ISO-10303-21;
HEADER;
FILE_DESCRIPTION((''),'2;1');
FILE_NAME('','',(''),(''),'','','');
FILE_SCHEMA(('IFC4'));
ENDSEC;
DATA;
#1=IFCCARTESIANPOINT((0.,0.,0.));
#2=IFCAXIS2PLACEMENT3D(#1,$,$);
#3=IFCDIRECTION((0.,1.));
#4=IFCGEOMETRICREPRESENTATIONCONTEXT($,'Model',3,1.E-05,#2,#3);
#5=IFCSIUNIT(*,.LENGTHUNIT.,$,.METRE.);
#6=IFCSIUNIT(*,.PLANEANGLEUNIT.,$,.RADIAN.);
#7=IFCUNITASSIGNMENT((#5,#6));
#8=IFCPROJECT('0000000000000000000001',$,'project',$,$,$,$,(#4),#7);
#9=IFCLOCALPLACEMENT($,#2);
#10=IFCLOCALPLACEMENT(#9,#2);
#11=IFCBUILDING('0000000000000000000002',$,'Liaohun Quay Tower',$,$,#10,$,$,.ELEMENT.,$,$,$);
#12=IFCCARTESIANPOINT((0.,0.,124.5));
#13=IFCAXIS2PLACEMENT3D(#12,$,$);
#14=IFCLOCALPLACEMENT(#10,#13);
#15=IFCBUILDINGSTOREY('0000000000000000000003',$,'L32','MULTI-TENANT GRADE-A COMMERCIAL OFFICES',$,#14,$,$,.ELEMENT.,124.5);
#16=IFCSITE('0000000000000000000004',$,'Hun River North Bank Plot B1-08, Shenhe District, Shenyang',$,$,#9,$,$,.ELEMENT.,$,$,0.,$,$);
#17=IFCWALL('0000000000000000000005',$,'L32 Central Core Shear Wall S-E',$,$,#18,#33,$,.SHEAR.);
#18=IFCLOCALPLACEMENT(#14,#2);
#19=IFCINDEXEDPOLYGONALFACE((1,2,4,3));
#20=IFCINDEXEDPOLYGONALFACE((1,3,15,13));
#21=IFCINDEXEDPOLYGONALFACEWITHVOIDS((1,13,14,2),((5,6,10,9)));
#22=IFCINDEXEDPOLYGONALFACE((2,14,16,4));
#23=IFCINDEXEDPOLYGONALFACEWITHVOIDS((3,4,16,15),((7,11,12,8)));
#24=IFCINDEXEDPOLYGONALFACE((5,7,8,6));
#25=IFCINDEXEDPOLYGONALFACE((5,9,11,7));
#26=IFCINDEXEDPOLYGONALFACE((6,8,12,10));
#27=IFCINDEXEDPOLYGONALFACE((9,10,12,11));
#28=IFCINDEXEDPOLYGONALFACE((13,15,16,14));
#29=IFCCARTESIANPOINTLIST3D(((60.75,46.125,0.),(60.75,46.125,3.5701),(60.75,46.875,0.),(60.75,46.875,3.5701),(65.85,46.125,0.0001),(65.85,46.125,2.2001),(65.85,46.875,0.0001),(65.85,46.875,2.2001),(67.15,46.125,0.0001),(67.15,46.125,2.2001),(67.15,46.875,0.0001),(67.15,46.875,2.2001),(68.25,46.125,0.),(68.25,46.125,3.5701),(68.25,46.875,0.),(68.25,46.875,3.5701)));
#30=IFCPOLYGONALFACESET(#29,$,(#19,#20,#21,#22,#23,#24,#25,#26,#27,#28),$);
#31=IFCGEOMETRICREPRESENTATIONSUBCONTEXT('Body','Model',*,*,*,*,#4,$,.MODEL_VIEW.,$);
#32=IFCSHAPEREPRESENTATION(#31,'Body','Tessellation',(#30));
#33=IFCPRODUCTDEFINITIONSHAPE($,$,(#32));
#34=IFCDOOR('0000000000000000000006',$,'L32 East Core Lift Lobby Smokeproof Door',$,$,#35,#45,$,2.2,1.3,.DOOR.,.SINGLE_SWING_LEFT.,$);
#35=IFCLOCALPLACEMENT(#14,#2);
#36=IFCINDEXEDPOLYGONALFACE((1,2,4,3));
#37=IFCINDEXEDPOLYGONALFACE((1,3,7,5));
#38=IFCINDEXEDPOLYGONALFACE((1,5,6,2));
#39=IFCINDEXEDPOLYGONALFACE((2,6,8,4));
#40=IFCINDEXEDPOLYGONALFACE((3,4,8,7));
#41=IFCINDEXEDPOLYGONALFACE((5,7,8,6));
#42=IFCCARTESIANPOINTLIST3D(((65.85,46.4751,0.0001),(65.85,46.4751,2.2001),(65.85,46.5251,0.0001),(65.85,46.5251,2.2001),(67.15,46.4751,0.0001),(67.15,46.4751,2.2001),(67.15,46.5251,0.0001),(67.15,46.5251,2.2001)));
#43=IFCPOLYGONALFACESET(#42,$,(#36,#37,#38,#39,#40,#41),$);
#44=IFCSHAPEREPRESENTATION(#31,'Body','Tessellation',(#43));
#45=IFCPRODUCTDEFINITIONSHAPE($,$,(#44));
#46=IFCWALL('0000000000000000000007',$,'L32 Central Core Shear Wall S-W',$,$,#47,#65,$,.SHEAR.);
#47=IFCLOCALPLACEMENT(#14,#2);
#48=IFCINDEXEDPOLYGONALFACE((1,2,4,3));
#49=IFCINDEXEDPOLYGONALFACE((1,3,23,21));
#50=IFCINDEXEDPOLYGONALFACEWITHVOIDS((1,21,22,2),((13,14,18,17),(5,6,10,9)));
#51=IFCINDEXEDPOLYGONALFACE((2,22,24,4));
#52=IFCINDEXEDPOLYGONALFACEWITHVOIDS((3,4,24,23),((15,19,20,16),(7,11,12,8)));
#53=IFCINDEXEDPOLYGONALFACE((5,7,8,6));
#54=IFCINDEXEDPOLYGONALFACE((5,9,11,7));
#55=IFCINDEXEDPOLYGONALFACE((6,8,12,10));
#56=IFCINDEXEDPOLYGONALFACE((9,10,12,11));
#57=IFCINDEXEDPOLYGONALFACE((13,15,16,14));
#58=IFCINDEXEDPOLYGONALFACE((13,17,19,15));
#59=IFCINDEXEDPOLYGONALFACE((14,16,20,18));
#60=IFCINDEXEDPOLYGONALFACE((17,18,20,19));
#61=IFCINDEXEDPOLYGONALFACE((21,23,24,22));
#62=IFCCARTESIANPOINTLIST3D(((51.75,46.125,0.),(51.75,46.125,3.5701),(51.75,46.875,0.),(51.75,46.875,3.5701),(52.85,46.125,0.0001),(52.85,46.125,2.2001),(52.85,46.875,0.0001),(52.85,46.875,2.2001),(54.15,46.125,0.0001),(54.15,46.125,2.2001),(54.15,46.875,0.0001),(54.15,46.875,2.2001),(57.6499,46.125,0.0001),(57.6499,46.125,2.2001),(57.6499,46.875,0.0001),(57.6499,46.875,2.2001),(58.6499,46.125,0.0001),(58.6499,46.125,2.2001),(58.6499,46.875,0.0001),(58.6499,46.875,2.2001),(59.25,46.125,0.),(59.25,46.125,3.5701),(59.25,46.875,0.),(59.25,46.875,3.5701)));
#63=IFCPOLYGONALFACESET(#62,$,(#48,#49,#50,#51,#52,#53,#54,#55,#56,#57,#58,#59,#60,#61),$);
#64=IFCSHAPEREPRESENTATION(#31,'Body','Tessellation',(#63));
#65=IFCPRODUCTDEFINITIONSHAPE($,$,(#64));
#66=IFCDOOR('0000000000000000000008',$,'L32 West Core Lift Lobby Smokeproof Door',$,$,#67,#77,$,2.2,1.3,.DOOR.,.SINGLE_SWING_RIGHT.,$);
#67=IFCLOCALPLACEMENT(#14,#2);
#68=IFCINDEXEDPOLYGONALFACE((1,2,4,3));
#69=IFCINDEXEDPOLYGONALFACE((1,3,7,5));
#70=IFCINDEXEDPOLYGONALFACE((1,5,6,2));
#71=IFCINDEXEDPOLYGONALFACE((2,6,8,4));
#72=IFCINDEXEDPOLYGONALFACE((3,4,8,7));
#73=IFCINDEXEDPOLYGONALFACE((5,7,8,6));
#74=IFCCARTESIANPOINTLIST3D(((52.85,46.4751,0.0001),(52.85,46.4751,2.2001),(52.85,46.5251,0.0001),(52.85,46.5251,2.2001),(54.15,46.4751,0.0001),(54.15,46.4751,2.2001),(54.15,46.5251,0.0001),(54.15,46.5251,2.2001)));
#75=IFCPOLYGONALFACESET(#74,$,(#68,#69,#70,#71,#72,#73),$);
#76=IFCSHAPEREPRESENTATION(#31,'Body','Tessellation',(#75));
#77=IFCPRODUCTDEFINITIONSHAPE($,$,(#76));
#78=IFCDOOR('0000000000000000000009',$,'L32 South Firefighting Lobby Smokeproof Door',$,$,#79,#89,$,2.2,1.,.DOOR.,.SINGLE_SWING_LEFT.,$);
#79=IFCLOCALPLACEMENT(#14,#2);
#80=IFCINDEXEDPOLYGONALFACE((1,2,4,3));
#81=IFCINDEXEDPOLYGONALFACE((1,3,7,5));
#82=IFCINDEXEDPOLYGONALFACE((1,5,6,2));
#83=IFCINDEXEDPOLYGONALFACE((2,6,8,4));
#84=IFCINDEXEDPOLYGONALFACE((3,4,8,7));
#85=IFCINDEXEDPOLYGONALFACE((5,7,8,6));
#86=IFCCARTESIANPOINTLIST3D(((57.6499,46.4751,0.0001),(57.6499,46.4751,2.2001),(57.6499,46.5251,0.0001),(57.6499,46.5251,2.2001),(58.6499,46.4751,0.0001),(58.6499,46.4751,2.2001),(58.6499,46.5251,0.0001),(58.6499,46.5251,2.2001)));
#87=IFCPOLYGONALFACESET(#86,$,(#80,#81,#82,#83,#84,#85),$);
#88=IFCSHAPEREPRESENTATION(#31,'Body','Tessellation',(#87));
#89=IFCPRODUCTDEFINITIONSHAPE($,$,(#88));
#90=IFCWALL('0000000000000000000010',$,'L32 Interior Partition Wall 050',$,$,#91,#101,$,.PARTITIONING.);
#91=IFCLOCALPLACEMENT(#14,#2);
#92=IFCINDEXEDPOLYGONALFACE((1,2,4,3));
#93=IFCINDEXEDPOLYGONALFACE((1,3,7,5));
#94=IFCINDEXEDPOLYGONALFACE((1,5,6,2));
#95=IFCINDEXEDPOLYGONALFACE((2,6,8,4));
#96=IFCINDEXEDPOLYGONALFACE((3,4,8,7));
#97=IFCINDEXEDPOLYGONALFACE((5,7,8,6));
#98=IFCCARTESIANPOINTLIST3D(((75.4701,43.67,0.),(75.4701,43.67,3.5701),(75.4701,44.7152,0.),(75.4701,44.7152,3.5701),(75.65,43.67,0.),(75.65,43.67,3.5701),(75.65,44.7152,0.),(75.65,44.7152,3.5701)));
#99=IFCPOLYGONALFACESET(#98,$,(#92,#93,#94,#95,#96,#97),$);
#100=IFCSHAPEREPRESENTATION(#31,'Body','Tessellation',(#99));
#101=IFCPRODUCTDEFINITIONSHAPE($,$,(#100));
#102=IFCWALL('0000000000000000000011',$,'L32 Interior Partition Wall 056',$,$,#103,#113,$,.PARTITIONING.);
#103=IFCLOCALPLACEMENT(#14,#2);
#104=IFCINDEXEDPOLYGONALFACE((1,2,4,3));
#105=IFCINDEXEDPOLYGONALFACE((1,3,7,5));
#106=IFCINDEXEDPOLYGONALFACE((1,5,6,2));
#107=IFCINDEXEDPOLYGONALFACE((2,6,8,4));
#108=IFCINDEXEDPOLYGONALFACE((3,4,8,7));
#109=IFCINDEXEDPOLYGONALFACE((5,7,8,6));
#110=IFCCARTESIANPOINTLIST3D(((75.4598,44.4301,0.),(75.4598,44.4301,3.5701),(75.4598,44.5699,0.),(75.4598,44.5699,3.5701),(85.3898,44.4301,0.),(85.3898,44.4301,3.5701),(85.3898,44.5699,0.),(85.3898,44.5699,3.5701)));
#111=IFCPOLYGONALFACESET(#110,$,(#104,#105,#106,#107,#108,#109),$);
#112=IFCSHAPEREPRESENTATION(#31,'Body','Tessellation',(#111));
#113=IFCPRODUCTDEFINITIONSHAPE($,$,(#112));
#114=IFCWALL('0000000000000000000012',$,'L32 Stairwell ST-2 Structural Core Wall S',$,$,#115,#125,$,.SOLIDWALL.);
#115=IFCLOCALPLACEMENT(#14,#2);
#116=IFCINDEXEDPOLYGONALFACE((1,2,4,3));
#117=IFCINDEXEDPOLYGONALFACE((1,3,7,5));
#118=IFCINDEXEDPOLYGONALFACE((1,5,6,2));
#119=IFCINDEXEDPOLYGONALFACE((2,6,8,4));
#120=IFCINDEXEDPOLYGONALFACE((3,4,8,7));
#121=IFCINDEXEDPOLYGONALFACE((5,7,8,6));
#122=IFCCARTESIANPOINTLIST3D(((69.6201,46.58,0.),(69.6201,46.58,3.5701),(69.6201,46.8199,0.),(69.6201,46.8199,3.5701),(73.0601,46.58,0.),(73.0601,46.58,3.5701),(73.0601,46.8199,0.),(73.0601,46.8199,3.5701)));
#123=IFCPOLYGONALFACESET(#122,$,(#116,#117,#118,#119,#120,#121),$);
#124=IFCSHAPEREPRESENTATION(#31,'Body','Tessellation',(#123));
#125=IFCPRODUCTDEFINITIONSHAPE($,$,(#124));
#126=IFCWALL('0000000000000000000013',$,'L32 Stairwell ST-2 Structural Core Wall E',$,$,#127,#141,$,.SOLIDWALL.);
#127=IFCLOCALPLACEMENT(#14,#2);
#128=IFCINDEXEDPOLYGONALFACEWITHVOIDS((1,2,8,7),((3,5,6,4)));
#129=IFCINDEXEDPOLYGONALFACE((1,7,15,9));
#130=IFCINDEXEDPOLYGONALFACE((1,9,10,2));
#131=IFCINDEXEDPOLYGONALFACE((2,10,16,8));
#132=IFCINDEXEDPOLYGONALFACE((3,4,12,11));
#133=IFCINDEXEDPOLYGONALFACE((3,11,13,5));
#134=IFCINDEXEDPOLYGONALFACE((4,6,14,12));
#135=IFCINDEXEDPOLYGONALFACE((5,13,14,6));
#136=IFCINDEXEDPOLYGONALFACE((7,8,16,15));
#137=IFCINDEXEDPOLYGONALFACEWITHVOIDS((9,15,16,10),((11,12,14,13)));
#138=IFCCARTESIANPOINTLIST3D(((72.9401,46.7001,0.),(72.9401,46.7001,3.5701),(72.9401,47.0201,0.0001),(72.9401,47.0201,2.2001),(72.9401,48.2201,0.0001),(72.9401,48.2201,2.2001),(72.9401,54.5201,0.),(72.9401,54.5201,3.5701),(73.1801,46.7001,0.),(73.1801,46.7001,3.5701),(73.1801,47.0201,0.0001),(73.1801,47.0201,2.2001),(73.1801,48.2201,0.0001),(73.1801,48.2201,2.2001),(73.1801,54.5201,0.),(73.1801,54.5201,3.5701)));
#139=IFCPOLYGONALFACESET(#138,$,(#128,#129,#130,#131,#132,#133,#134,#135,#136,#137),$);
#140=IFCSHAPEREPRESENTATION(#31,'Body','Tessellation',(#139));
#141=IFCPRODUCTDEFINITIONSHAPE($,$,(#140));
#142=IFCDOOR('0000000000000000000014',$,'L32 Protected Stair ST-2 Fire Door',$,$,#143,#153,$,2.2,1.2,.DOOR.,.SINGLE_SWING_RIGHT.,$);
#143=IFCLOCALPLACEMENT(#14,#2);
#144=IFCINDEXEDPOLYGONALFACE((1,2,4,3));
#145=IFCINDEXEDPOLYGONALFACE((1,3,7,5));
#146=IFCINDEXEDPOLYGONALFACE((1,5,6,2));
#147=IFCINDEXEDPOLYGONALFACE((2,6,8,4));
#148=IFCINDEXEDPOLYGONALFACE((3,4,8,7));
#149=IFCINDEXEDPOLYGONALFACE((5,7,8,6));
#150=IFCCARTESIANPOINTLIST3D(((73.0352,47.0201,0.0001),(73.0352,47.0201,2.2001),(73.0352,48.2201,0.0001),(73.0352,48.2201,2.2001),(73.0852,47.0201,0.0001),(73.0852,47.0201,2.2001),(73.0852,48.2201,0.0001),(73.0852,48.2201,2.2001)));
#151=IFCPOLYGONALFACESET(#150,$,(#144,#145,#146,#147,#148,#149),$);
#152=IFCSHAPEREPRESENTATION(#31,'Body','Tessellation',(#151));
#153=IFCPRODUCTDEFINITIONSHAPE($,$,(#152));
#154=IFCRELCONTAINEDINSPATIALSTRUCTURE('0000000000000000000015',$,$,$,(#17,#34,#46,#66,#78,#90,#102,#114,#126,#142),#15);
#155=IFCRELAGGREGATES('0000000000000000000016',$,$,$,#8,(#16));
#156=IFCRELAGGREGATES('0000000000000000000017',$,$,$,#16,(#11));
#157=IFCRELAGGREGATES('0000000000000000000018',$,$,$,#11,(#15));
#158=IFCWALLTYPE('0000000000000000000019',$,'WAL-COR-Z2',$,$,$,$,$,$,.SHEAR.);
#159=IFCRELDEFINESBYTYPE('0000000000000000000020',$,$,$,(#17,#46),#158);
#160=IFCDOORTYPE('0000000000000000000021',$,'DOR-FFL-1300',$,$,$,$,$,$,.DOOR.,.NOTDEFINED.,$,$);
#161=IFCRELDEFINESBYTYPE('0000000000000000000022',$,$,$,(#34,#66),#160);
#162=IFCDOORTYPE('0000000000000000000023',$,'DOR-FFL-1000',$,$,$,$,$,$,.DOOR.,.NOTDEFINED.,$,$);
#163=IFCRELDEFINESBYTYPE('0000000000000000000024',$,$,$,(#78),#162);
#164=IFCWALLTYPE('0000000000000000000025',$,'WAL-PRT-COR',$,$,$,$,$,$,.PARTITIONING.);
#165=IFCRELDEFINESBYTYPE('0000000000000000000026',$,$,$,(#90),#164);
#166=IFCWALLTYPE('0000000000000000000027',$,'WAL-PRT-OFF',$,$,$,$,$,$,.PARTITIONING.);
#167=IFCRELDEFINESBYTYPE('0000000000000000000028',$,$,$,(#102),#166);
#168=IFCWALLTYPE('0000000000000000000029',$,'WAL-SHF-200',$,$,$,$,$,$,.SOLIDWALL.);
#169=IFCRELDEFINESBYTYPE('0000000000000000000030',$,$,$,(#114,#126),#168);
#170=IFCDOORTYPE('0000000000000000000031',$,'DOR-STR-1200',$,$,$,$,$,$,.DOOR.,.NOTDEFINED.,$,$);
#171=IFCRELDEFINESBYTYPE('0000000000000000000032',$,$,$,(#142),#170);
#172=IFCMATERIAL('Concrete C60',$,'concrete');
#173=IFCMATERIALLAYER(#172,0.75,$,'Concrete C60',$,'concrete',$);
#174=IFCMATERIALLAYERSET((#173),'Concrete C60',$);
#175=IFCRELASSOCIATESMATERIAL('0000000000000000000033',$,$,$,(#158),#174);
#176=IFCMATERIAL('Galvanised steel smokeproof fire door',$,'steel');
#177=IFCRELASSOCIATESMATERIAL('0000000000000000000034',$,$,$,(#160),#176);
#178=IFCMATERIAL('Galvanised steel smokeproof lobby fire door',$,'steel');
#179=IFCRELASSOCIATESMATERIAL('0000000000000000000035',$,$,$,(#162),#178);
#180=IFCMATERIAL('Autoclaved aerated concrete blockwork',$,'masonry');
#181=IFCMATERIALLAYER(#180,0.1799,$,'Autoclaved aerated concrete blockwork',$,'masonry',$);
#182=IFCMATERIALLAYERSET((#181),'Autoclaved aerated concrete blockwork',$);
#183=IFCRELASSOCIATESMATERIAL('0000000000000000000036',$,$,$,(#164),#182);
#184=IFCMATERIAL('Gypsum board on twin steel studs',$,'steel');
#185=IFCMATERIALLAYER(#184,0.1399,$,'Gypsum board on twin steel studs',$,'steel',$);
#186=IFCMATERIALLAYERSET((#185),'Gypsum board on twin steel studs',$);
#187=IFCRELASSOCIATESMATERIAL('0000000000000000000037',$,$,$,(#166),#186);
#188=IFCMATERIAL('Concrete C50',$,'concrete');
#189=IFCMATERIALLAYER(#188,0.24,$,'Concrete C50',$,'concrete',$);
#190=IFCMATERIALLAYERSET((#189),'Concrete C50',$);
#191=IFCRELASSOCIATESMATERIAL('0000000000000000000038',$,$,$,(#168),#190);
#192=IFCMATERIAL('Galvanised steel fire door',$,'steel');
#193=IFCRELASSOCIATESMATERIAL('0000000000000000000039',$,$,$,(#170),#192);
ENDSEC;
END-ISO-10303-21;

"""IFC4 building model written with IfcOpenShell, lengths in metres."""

from ifc_helpers import new_model, si_unit, direction, frame, frame_2d, origin, place, context, subcontext, project, spatial, rectangle, extrude, source, transform, mapped, material, layer, layer_set, type_object, element, fill, save


model = new_model("IFC4")

# Units and contexts
model_context = context("Model", 3, precision=1e-05, world=origin(), true_north=direction((0.0, 1.0)))
body_context = subcontext(model_context, "Body", "Model", "MODEL_VIEW")
ifc_project = project(units=[si_unit("LENGTHUNIT", "METRE"), si_unit("PLANEANGLEUNIT", "RADIAN")], contexts=[model_context])

# Site, building, storey
site_placement = place(None, origin())
site = spatial("IfcSite", under=ifc_project, at=site_placement, Name="Hun River North Bank Plot B1-08, Shenhe District, Shenyang", CompositionType="ELEMENT", RefElevation=0.0)
building_placement = place(site_placement, origin())
building = spatial("IfcBuilding", under=site, at=building_placement, Name="Liaohun Quay Tower", CompositionType="ELEMENT")
storey_placement = place(building_placement, frame((0.0, 0.0, 124.5)))
storey = spatial("IfcBuildingStorey", under=building, at=storey_placement, Name="L32", Description="MULTI-TENANT GRADE-A COMMERCIAL OFFICES", CompositionType="ELEMENT", Elevation=124.5)

# Shared definitions
ifc_material_1 = material(Name="Concrete C60", Category="concrete")

# Wall, opening, door
ifc_layer_1 = layer(ifc_material_1, 0.75, Name="Concrete C60", Category="concrete")
ifc_layer_set_1 = layer_set([ifc_layer_1], Name="Concrete C60")
wall_type_1 = type_object("IfcWallType", Name="WAL-COR-Z2", PredefinedType="SHEAR", material=ifc_layer_set_1)
wall_1_placement = place(storey_placement, frame((68.25, 46.5, 0.0), z_axis=(0.0, 0.0, 1.0), x_axis=(-1.0, 0.0, 0.0)))
wall_1 = element("IfcWall", 1, at=wall_1_placement, inside=storey, type_object=wall_type_1, Name="L32 Central Core Shear Wall S-E", PredefinedType="SHEAR", context=body_context, shape_type="SweptSolid", body=[
    extrude(rectangle(XDim=7.5, YDim=0.75, at=frame_2d((3.75, 0.0))), origin(), (0.0, 0.0, 1.0), 3.5701),
])
shared_shape_1 = source(origin(), body_context, "Body", "SweptSolid", [
    extrude(rectangle(XDim=1.3, YDim=2.2, at=frame_2d((0.6499, 1.1001))), frame((0.0, 0.385, 0.0), z_axis=(0.0, -1.0, 0.0), x_axis=(1.0, 0.0, 0.0)), (0.0, 0.0, 1.0), 0.77),
])
opening_1_placement = place(wall_1_placement, frame((1.1001, 0.0, 0.0)))
opening_1 = element("IfcOpeningElement", 2, at=opening_1_placement, cuts=wall_1, PredefinedType="OPENING", context=body_context, shape_type="MappedRepresentation", body=[
    mapped(shared_shape_1, transform((0.0, 0.0, 0.0), x_axis=(1.0, 0.0, 0.0), y_axis=(0.0, 1.0, 0.0), z_axis=(0.0, 0.0, 1.0), scale=1.0)),
])
ifc_material_2 = material(Name="Galvanised steel smokeproof fire door", Category="steel")
door_type_1 = type_object("IfcDoorType", Name="DOR-FFL-1300", OperationType="NOTDEFINED", PredefinedType="DOOR", material=ifc_material_2)
shared_shape_2 = source(origin(), body_context, "Body", "SweptSolid", [
    extrude(rectangle(XDim=1.3, YDim=2.2, at=frame_2d((0.6499, 1.1001))), frame((0.0, 0.0249, 0.0), z_axis=(0.0, -1.0, 0.0), x_axis=(1.0, 0.0, 0.0)), (0.0, 0.0, 1.0), 0.05),
])
door_1_placement = place(opening_1_placement, origin())
door_1 = element("IfcDoor", 3, at=door_1_placement, inside=storey, type_object=door_type_1, Name="L32 East Core Lift Lobby Smokeproof Door", OperationType="SINGLE_SWING_LEFT", OverallHeight=2.2, OverallWidth=1.3, PredefinedType="DOOR", context=body_context, shape_type="MappedRepresentation", body=[
    mapped(shared_shape_2, transform((0.0, 0.0, 0.0), x_axis=(1.0, 0.0, 0.0), y_axis=(0.0, 1.0, 0.0), z_axis=(0.0, 0.0, 1.0), scale=1.0)),
])
fill(opening_1, door_1)

# Wall, openings, doors
wall_2_placement = place(storey_placement, frame((59.25, 46.5, 0.0), z_axis=(0.0, 0.0, 1.0), x_axis=(-1.0, 0.0, 0.0)))
wall_2 = element("IfcWall", 4, at=wall_2_placement, inside=storey, type_object=wall_type_1, Name="L32 Central Core Shear Wall S-W", PredefinedType="SHEAR", context=body_context, shape_type="SweptSolid", body=[
    extrude(rectangle(XDim=7.5, YDim=0.75, at=frame_2d((3.75, 0.0))), origin(), (0.0, 0.0, 1.0), 3.5701),
])
opening_2_placement = place(wall_2_placement, frame((5.1001, 0.0, 0.0)))
opening_2 = element("IfcOpeningElement", 5, at=opening_2_placement, cuts=wall_2, PredefinedType="OPENING", context=body_context, shape_type="MappedRepresentation", body=[
    mapped(shared_shape_1, transform((0.0, 0.0, 0.0), x_axis=(1.0, 0.0, 0.0), y_axis=(0.0, 1.0, 0.0), z_axis=(0.0, 0.0, 1.0), scale=1.0)),
])
shared_shape_3 = source(origin(), body_context, "Body", "SweptSolid", [
    extrude(rectangle(XDim=1.0, YDim=2.2, at=frame_2d((0.5, 1.1001))), frame((0.0, 0.385, 0.0), z_axis=(0.0, -1.0, 0.0), x_axis=(1.0, 0.0, 0.0)), (0.0, 0.0, 1.0), 0.77),
])
opening_3_placement = place(wall_2_placement, frame((0.6001, 0.0, 0.0)))
opening_3 = element("IfcOpeningElement", 6, at=opening_3_placement, cuts=wall_2, PredefinedType="OPENING", context=body_context, shape_type="MappedRepresentation", body=[
    mapped(shared_shape_3, transform((0.0, 0.0, 0.0), x_axis=(1.0, 0.0, 0.0), y_axis=(0.0, 1.0, 0.0), z_axis=(0.0, 0.0, 1.0), scale=1.0)),
])
door_2_placement = place(opening_2_placement, origin())
door_2 = element("IfcDoor", 7, at=door_2_placement, inside=storey, type_object=door_type_1, Name="L32 West Core Lift Lobby Smokeproof Door", OperationType="SINGLE_SWING_RIGHT", OverallHeight=2.2, OverallWidth=1.3, PredefinedType="DOOR", context=body_context, shape_type="MappedRepresentation", body=[
    mapped(shared_shape_2, transform((0.0, 0.0, 0.0), x_axis=(1.0, 0.0, 0.0), y_axis=(0.0, 1.0, 0.0), z_axis=(0.0, 0.0, 1.0), scale=1.0)),
])
fill(opening_2, door_2)
ifc_material_3 = material(Name="Galvanised steel smokeproof lobby fire door", Category="steel")
door_type_2 = type_object("IfcDoorType", Name="DOR-FFL-1000", OperationType="NOTDEFINED", PredefinedType="DOOR", material=ifc_material_3)
shared_shape_4 = source(origin(), body_context, "Body", "SweptSolid", [
    extrude(rectangle(XDim=1.0, YDim=2.2, at=frame_2d((0.5, 1.1001))), frame((0.0, 0.0249, 0.0), z_axis=(0.0, -1.0, 0.0), x_axis=(1.0, 0.0, 0.0)), (0.0, 0.0, 1.0), 0.05),
])
door_3_placement = place(opening_3_placement, origin())
door_3 = element("IfcDoor", 8, at=door_3_placement, inside=storey, type_object=door_type_2, Name="L32 South Firefighting Lobby Smokeproof Door", OperationType="SINGLE_SWING_LEFT", OverallHeight=2.2, OverallWidth=1.0, PredefinedType="DOOR", context=body_context, shape_type="MappedRepresentation", body=[
    mapped(shared_shape_4, transform((0.0, 0.0, 0.0), x_axis=(1.0, 0.0, 0.0), y_axis=(0.0, 1.0, 0.0), z_axis=(0.0, 0.0, 1.0), scale=1.0)),
])
fill(opening_3, door_3)

# Walls
ifc_material_4 = material(Name="Autoclaved aerated concrete blockwork", Category="masonry")
ifc_layer_2 = layer(ifc_material_4, 0.1799, Name="Autoclaved aerated concrete blockwork", Category="masonry")
ifc_layer_set_2 = layer_set([ifc_layer_2], Name="Autoclaved aerated concrete blockwork")
wall_type_2 = type_object("IfcWallType", Name="WAL-PRT-COR", PredefinedType="PARTITIONING", material=ifc_layer_set_2)
wall_3_placement = place(storey_placement, frame((75.5601, 44.7151, 0.0), z_axis=(0.0, 0.0, 1.0), x_axis=(0.0, -1.0, 0.0)))
element("IfcWall", 9, at=wall_3_placement, inside=storey, type_object=wall_type_2, Name="L32 Interior Partition Wall 050", PredefinedType="PARTITIONING", context=body_context, shape_type="SweptSolid", body=[
    extrude(rectangle(XDim=1.0452, YDim=0.1799, at=frame_2d((0.5225, 0.0))), origin(), (0.0, 0.0, 1.0), 3.5701),
])
ifc_material_5 = material(Name="Gypsum board on twin steel studs", Category="steel")
ifc_layer_3 = layer(ifc_material_5, 0.1399, Name="Gypsum board on twin steel studs", Category="steel")
ifc_layer_set_3 = layer_set([ifc_layer_3], Name="Gypsum board on twin steel studs")
wall_type_3 = type_object("IfcWallType", Name="WAL-PRT-OFF", PredefinedType="PARTITIONING", material=ifc_layer_set_3)
wall_4_placement = place(storey_placement, frame((75.46, 44.5, 0.0), z_axis=(0.0, 0.0, 1.0), x_axis=(1.0, 0.0, 0.0)))
element("IfcWall", 10, at=wall_4_placement, inside=storey, type_object=wall_type_3, Name="L32 Interior Partition Wall 056", PredefinedType="PARTITIONING", context=body_context, shape_type="SweptSolid", body=[
    extrude(rectangle(XDim=9.9299, YDim=0.1399, at=frame_2d((4.9648, 0.0))), origin(), (0.0, 0.0, 1.0), 3.5701),
])
ifc_material_6 = material(Name="Concrete C50", Category="concrete")
ifc_layer_4 = layer(ifc_material_6, 0.24, Name="Concrete C50", Category="concrete")
ifc_layer_set_4 = layer_set([ifc_layer_4], Name="Concrete C50")
wall_type_4 = type_object("IfcWallType", Name="WAL-SHF-200", PredefinedType="SOLIDWALL", material=ifc_layer_set_4)
wall_5_placement = place(storey_placement, frame((69.6201, 46.7, 0.0), z_axis=(0.0, 0.0, 1.0), x_axis=(1.0, 0.0, 0.0)))
element("IfcWall", 11, at=wall_5_placement, inside=storey, type_object=wall_type_4, Name="L32 Stairwell ST-2 Structural Core Wall S", PredefinedType="SOLIDWALL", context=body_context, shape_type="SweptSolid", body=[
    extrude(rectangle(XDim=3.4399, YDim=0.24, at=frame_2d((1.72, 0.0))), origin(), (0.0, 0.0, 1.0), 3.5701),
])

# Wall, opening, door
wall_6_placement = place(storey_placement, frame((73.0601, 46.7, 0.0), z_axis=(0.0, 0.0, 1.0), x_axis=(0.0, 1.0, 0.0)))
wall_6 = element("IfcWall", 12, at=wall_6_placement, inside=storey, type_object=wall_type_4, Name="L32 Stairwell ST-2 Structural Core Wall E", PredefinedType="SOLIDWALL", context=body_context, shape_type="SweptSolid", body=[
    extrude(rectangle(XDim=7.8201, YDim=0.24, at=frame_2d((3.9102, 0.0))), origin(), (0.0, 0.0, 1.0), 3.5701),
])
shared_shape_5 = source(origin(), body_context, "Body", "SweptSolid", [
    extrude(rectangle(XDim=1.2, YDim=2.2, at=frame_2d((0.6001, 1.1001))), frame((0.0, 0.1299, 0.0), z_axis=(0.0, -1.0, 0.0), x_axis=(1.0, 0.0, 0.0)), (0.0, 0.0, 1.0), 0.26),
])
opening_4_placement = place(wall_6_placement, frame((0.3201, 0.0, 0.0)))
opening_4 = element("IfcOpeningElement", 13, at=opening_4_placement, cuts=wall_6, PredefinedType="OPENING", context=body_context, shape_type="MappedRepresentation", body=[
    mapped(shared_shape_5, transform((0.0, 0.0, 0.0), x_axis=(1.0, 0.0, 0.0), y_axis=(0.0, 1.0, 0.0), z_axis=(0.0, 0.0, 1.0), scale=1.0)),
])
ifc_material_7 = material(Name="Galvanised steel fire door", Category="steel")
door_type_3 = type_object("IfcDoorType", Name="DOR-STR-1200", OperationType="NOTDEFINED", PredefinedType="DOOR", material=ifc_material_7)
shared_shape_6 = source(origin(), body_context, "Body", "SweptSolid", [
    extrude(rectangle(XDim=1.2, YDim=2.2, at=frame_2d((0.6001, 1.1001))), frame((0.0, 0.0249, 0.0), z_axis=(0.0, -1.0, 0.0), x_axis=(1.0, 0.0, 0.0)), (0.0, 0.0, 1.0), 0.05),
])
door_4_placement = place(opening_4_placement, origin())
door_4 = element("IfcDoor", 14, at=door_4_placement, inside=storey, type_object=door_type_3, Name="L32 Protected Stair ST-2 Fire Door", OperationType="SINGLE_SWING_RIGHT", OverallHeight=2.2, OverallWidth=1.2, PredefinedType="DOOR", context=body_context, shape_type="MappedRepresentation", body=[
    mapped(shared_shape_6, transform((0.0, 0.0, 0.0), x_axis=(1.0, 0.0, 0.0), y_axis=(0.0, 1.0, 0.0), z_axis=(0.0, 0.0, 1.0), scale=1.0)),
])
fill(opening_4, door_4)

save(model, "model.ifc")
